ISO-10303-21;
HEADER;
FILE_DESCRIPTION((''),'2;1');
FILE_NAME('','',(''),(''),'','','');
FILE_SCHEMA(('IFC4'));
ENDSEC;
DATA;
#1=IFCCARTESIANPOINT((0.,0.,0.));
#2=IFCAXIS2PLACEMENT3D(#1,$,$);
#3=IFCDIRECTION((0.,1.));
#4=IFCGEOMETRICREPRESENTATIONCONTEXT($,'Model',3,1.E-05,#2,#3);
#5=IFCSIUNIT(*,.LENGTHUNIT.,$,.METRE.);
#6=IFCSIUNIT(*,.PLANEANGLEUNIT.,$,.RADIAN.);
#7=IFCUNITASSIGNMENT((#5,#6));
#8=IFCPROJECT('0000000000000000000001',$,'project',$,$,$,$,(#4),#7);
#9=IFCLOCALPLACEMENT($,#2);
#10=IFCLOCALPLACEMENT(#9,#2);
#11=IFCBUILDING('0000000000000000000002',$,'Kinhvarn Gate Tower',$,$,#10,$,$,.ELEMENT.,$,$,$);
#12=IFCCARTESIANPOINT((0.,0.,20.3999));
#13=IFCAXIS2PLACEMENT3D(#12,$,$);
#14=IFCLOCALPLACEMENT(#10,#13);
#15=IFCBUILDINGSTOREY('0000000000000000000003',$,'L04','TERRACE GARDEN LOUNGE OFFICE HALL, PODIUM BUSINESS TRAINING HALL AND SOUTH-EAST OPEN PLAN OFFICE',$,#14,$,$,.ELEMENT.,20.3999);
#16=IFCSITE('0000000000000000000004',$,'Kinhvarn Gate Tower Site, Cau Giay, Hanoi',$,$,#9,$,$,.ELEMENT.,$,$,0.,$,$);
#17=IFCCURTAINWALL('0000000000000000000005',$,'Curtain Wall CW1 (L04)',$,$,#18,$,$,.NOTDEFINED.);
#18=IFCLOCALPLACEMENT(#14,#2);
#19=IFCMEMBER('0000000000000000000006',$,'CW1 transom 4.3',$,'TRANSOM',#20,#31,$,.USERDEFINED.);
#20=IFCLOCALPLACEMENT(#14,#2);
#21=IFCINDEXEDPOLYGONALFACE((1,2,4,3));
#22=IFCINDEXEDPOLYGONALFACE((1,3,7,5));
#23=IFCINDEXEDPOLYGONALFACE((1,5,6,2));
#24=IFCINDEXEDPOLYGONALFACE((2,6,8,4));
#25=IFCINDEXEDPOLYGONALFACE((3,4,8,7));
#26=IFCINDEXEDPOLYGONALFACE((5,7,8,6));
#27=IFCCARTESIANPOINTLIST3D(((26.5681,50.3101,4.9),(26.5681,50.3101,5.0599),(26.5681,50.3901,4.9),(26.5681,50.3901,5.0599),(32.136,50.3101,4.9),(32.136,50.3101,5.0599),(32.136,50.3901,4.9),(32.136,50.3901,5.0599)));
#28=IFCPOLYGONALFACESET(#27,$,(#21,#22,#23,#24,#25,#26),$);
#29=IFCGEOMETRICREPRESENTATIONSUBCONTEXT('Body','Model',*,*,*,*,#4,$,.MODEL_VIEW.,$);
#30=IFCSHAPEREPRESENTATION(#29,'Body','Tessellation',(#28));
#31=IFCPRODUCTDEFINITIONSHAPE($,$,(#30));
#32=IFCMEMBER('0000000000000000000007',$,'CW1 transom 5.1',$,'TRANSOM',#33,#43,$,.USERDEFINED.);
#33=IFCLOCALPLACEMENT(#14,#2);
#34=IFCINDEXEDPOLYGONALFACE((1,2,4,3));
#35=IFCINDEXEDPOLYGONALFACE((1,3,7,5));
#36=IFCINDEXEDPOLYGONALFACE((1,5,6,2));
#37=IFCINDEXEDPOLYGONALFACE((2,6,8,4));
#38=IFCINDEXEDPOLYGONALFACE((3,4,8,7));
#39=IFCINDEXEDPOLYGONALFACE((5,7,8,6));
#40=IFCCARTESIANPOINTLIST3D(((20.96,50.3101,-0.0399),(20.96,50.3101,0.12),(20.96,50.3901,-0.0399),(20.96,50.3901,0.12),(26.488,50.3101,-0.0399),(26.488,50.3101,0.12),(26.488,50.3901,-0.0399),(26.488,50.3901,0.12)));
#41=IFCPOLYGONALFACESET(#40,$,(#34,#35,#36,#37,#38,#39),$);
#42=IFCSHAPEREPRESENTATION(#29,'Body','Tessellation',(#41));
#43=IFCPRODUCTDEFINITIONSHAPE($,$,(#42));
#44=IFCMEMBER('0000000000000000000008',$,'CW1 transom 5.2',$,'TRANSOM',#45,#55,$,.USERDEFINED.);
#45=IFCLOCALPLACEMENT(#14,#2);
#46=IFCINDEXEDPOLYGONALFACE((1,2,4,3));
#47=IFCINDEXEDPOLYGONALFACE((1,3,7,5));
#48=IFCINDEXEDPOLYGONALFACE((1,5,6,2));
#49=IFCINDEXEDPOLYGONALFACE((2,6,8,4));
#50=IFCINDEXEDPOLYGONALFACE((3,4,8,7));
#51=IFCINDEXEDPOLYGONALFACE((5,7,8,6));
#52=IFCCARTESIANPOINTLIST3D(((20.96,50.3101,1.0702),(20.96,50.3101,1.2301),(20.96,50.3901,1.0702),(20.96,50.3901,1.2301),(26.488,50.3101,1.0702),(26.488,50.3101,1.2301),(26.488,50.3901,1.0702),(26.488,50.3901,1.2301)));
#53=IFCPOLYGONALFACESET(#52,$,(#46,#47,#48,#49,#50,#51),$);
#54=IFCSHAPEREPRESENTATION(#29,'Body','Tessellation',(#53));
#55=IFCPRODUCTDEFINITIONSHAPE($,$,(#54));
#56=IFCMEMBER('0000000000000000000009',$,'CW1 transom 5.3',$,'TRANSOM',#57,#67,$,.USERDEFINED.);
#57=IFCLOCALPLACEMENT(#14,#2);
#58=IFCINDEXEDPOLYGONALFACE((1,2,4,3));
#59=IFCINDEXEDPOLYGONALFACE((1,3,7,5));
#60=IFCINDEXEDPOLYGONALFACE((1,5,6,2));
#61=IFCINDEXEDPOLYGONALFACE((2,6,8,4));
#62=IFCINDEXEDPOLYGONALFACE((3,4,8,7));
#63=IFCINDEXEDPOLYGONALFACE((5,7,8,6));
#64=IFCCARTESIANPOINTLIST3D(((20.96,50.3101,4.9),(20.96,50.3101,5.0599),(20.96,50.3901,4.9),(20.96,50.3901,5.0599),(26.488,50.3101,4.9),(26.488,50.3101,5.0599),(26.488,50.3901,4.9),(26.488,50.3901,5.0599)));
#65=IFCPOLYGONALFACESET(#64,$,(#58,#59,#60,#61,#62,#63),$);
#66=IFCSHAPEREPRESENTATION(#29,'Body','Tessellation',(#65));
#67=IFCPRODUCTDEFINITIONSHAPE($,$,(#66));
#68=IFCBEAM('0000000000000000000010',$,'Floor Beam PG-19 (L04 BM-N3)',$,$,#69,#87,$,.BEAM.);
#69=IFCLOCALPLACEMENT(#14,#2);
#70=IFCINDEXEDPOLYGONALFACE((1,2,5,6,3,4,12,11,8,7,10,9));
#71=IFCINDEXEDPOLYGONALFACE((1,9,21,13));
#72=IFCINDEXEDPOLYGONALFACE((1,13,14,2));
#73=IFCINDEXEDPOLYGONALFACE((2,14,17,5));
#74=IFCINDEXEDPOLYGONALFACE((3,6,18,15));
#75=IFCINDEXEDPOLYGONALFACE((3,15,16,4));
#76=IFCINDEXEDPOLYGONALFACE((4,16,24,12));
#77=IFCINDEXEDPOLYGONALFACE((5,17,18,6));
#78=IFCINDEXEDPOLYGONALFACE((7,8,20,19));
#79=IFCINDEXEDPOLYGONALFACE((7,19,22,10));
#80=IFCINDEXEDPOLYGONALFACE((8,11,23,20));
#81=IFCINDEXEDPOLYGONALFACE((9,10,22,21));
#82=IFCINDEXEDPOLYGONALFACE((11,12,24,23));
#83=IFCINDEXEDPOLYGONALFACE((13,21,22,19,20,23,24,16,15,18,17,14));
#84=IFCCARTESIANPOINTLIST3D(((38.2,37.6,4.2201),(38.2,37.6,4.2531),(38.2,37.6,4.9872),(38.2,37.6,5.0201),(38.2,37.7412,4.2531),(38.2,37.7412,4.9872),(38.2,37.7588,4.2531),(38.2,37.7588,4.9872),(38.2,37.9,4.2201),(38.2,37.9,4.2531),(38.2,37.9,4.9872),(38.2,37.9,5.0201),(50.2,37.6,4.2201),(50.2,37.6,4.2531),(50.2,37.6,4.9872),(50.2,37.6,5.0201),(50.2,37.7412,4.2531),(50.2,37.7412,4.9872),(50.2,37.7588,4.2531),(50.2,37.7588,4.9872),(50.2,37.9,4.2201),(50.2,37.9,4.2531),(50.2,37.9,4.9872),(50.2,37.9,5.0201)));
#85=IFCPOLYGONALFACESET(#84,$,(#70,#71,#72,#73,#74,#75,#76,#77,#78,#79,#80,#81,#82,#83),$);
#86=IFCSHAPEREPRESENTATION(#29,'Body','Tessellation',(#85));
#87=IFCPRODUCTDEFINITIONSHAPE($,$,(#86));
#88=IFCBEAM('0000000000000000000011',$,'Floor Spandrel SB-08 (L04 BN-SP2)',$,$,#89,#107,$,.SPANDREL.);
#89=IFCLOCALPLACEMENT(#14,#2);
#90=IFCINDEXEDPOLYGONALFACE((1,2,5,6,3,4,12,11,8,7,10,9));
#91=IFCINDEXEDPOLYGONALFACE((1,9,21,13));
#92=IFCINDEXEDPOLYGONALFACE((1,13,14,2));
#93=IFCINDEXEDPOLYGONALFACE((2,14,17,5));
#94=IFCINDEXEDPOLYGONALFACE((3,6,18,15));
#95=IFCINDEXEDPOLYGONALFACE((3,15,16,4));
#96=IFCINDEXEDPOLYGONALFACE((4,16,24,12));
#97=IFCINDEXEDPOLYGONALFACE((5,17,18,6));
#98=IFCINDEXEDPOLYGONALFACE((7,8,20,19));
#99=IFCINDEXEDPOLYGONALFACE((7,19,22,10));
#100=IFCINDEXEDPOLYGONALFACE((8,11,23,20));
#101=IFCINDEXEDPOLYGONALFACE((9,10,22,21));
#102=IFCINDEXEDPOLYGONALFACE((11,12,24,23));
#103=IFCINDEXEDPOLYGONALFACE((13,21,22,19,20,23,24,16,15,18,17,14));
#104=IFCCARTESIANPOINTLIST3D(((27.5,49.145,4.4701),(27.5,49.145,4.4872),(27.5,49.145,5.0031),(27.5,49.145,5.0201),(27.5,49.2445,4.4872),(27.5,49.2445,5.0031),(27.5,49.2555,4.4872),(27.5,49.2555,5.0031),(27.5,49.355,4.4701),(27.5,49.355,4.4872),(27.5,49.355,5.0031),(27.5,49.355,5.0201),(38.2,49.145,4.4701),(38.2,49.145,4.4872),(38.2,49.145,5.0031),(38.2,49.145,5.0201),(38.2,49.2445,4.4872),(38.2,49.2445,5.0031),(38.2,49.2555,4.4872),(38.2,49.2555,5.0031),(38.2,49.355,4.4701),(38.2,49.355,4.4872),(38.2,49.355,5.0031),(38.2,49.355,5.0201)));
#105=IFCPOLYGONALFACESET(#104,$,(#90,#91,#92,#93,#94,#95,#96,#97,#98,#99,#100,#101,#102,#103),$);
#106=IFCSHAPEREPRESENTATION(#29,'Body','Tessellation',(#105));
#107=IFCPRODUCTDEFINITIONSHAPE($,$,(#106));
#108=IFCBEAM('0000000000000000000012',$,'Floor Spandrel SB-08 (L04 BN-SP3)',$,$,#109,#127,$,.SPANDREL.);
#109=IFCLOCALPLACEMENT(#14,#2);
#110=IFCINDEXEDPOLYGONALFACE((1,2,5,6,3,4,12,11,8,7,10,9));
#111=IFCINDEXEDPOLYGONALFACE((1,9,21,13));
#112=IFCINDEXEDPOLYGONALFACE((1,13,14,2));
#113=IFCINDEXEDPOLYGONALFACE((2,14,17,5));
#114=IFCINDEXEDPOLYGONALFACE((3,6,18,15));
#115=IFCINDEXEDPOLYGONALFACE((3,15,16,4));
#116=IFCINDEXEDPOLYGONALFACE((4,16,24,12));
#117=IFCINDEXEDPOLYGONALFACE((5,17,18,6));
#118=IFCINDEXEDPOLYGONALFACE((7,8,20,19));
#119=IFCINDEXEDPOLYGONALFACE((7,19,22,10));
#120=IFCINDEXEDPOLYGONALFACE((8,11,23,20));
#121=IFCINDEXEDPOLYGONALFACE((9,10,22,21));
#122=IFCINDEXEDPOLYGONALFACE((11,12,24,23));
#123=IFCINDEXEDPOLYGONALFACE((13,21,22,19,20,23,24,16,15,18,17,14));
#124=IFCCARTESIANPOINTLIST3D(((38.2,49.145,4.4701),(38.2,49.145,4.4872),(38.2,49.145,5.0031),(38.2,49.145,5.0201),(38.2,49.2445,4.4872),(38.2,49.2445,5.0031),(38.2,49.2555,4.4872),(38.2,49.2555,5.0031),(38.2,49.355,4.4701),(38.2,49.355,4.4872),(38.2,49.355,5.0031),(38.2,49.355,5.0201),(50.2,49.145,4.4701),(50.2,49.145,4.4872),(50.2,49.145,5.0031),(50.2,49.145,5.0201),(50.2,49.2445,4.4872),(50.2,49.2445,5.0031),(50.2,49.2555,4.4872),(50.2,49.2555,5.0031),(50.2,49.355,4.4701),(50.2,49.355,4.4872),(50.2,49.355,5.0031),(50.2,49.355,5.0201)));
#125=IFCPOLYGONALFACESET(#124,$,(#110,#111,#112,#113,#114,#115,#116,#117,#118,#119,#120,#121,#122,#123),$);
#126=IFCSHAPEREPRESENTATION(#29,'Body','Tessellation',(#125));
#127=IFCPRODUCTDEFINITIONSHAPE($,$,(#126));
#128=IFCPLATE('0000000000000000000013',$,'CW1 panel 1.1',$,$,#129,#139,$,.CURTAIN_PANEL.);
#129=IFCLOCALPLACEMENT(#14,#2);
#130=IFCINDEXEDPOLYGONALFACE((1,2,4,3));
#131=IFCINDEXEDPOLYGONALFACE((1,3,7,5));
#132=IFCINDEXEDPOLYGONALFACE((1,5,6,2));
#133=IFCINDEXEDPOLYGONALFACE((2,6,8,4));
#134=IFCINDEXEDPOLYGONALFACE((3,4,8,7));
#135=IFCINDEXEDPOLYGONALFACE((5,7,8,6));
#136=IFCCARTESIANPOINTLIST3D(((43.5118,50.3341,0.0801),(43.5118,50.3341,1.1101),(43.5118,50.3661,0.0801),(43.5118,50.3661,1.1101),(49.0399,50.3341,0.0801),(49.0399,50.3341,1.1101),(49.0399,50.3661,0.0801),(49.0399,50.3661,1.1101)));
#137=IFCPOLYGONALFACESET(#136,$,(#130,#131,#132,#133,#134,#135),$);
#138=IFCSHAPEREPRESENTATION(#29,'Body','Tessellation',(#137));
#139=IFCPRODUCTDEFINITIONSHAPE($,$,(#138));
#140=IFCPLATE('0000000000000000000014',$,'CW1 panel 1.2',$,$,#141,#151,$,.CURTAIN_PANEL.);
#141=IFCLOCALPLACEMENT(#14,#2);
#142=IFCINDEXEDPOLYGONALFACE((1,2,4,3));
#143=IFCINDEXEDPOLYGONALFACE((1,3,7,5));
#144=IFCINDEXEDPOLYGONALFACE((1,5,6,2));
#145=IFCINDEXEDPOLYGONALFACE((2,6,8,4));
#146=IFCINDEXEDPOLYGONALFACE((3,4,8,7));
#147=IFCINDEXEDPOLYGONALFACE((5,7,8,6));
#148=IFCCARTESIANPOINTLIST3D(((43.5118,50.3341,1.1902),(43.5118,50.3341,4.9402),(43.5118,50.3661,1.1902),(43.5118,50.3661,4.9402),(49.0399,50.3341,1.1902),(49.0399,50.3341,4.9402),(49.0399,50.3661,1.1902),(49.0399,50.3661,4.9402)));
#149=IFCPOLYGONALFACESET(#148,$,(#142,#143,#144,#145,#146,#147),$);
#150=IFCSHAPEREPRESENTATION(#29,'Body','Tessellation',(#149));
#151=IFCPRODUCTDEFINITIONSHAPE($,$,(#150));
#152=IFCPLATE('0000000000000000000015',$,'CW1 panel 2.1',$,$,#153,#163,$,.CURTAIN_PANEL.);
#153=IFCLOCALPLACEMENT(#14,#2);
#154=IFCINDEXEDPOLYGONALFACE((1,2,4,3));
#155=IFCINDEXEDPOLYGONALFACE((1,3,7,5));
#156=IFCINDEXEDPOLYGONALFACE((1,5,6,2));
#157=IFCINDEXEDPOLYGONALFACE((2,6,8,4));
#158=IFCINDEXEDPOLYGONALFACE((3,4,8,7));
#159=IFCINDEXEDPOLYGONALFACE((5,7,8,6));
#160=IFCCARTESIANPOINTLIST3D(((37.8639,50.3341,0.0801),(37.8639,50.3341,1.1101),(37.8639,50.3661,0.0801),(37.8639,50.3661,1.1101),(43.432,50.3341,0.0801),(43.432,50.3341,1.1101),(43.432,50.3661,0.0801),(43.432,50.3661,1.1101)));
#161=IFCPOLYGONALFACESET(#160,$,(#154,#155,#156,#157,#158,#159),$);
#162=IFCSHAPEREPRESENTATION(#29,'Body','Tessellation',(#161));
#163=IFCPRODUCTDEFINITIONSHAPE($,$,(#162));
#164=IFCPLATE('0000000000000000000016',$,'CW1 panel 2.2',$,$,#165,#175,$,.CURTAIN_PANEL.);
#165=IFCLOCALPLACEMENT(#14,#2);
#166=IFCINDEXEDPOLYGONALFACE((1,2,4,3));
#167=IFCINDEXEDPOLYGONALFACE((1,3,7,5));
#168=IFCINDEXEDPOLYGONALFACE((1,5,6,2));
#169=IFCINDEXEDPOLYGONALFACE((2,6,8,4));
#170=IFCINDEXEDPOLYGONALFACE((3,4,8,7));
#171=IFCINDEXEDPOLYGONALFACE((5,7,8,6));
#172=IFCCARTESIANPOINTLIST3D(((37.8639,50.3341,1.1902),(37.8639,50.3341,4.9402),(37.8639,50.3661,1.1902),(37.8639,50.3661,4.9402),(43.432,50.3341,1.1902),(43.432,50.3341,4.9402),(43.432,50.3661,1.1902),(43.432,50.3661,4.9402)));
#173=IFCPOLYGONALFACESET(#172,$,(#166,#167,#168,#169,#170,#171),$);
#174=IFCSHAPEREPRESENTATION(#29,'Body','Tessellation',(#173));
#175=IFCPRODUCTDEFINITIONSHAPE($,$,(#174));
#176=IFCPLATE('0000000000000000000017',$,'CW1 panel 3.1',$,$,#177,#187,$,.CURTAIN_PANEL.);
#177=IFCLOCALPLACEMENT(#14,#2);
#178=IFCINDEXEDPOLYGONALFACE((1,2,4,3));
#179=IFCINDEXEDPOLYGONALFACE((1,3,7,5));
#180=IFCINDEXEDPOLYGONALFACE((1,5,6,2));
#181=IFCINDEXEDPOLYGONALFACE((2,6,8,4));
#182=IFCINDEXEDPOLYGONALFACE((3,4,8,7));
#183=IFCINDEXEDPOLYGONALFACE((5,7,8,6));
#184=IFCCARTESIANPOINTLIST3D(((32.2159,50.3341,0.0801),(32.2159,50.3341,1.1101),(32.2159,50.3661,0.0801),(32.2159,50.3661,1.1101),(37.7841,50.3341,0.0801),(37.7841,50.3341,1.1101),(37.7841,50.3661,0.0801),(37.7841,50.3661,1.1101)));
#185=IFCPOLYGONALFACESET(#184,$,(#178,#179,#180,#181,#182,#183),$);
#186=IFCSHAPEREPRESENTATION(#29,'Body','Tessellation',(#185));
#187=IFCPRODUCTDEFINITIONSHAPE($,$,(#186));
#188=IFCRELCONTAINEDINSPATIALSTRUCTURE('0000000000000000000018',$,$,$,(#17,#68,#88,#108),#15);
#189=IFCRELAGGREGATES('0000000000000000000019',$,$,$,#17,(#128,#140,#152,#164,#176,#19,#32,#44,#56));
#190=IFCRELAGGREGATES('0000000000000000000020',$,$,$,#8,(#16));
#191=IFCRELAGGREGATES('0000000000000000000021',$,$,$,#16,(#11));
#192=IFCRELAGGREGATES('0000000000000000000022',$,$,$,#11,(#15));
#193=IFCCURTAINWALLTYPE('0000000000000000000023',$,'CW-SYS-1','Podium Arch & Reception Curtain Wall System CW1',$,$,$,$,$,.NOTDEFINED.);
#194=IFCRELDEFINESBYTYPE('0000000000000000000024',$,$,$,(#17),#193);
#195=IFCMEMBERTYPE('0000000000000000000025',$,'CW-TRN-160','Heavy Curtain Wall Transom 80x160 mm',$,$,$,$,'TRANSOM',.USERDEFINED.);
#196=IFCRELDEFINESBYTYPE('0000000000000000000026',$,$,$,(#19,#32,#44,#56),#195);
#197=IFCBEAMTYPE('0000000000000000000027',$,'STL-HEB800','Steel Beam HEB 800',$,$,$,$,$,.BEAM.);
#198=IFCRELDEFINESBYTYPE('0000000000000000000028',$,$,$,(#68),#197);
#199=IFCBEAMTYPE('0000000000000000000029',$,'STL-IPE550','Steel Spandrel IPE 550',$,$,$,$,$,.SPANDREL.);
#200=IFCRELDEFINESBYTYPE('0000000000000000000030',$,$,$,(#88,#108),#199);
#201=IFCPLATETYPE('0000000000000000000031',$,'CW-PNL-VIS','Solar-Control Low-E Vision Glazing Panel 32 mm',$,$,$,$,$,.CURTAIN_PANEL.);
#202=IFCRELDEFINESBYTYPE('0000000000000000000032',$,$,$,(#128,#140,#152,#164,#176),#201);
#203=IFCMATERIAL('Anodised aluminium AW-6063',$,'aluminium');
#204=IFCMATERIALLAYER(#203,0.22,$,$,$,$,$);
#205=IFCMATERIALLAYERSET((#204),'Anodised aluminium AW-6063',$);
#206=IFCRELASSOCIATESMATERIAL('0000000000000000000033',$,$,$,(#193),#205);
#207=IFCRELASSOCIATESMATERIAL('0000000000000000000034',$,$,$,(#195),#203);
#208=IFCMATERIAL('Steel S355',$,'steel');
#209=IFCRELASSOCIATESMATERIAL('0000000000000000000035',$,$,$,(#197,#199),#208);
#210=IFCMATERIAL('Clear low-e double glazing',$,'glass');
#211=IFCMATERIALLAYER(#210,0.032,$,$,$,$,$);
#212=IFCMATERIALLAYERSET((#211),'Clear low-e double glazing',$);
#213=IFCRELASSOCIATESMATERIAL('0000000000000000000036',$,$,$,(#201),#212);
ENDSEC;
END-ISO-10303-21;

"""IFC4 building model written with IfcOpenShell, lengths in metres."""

from ifc_helpers import new_model, si_unit, direction, frame, origin, origin_2d, place, context, subcontext, project, spatial, rectangle, i_section, extrude, material, layer, layer_set, material_profile, profile_set, type_object, element, aggregate, save


model = new_model("IFC4")

# Units and contexts
model_context = context("Model", 3, precision=1e-05, world=origin(), true_north=direction((0.0, 1.0)))
body_context = subcontext(model_context, "Body", "Model", "MODEL_VIEW")
ifc_project = project(units=[si_unit("LENGTHUNIT", "METRE"), si_unit("PLANEANGLEUNIT", "RADIAN")], contexts=[model_context])

# Site, building, storey
site_placement = place(None, origin())
site = spatial("IfcSite", under=ifc_project, at=site_placement, Name="Kinhvarn Gate Tower Site, Cau Giay, Hanoi", CompositionType="ELEMENT", RefElevation=0.0)
building_placement = place(site_placement, origin())
building = spatial("IfcBuilding", under=site, at=building_placement, Name="Kinhvarn Gate Tower", CompositionType="ELEMENT")
storey_placement = place(building_placement, frame((0.0, 0.0, 20.3999)))
storey = spatial("IfcBuildingStorey", under=building, at=storey_placement, Name="L04", Description="TERRACE GARDEN LOUNGE OFFICE HALL, PODIUM BUSINESS TRAINING HALL AND SOUTH-EAST OPEN PLAN OFFICE", CompositionType="ELEMENT", Elevation=20.3999)

# Curtain wall, members
ifc_material_1 = material(Name="Anodised aluminium AW-6063", Category="aluminium")
ifc_layer_1 = layer(ifc_material_1, 0.22)
ifc_layer_set_1 = layer_set([ifc_layer_1], Name="Anodised aluminium AW-6063")
curtain_wall_type = type_object("IfcCurtainWallType", Name="CW-SYS-1", Description="Podium Arch & Reception Curtain Wall System CW1", PredefinedType="NOTDEFINED", material=ifc_layer_set_1)
curtain_wall_placement = place(storey_placement, origin())
curtain_wall = element("IfcCurtainWall", 1, at=curtain_wall_placement, inside=storey, type_object=curtain_wall_type, Name="Curtain Wall CW1 (L04)", PredefinedType="NOTDEFINED")
ifc_material_profile_1 = material_profile(ifc_material_1, rectangle(XDim=0.0801, YDim=0.1599, at=origin_2d()), Name="ALU 80x160")
ifc_profile_set_1 = profile_set([ifc_material_profile_1], Name="Anodised aluminium AW-6063")
member_type_1 = type_object("IfcMemberType", Name="CW-TRN-160", Description="Heavy Curtain Wall Transom 80x160 mm", ElementType="TRANSOM", PredefinedType="USERDEFINED", material=ifc_profile_set_1)
member_1_placement = place(storey_placement, frame((32.136, 50.3501, 4.98), z_axis=(-1.0, 0.0, 0.0), x_axis=(0.0, -1.0, 0.0)))
member_1 = element("IfcMember", 2, at=member_1_placement, type_object=member_type_1, Name="CW1 transom 4.3", ObjectType="TRANSOM", PredefinedType="USERDEFINED", context=body_context, shape_type="SweptSolid", body=[
    extrude(rectangle(XDim=0.0801, YDim=0.1599, at=origin_2d()), origin(), (0.0, 0.0, 1.0), 5.5679),
])
member_2_placement = place(storey_placement, frame((26.488, 50.3501, 0.04), z_axis=(-1.0, 0.0, 0.0), x_axis=(0.0, -1.0, 0.0)))
member_2 = element("IfcMember", 3, at=member_2_placement, type_object=member_type_1, Name="CW1 transom 5.1", ObjectType="TRANSOM", PredefinedType="USERDEFINED", context=body_context, shape_type="SweptSolid", body=[
    extrude(rectangle(XDim=0.0801, YDim=0.1599, at=origin_2d()), origin(), (0.0, 0.0, 1.0), 5.5281),
])
member_3_placement = place(storey_placement, frame((26.488, 50.3501, 1.1501), z_axis=(-1.0, 0.0, 0.0), x_axis=(0.0, -1.0, 0.0)))
member_3 = element("IfcMember", 4, at=member_3_placement, type_object=member_type_1, Name="CW1 transom 5.2", ObjectType="TRANSOM", PredefinedType="USERDEFINED", context=body_context, shape_type="SweptSolid", body=[
    extrude(rectangle(XDim=0.0801, YDim=0.1599, at=origin_2d()), origin(), (0.0, 0.0, 1.0), 5.5281),
])
member_4_placement = place(storey_placement, frame((26.488, 50.3501, 4.98), z_axis=(-1.0, 0.0, 0.0), x_axis=(0.0, -1.0, 0.0)))
member_4 = element("IfcMember", 5, at=member_4_placement, type_object=member_type_1, Name="CW1 transom 5.3", ObjectType="TRANSOM", PredefinedType="USERDEFINED", context=body_context, shape_type="SweptSolid", body=[
    extrude(rectangle(XDim=0.0801, YDim=0.1599, at=origin_2d()), origin(), (0.0, 0.0, 1.0), 5.5281),
])

# Beams
ifc_material_2 = material(Name="Steel S355", Category="steel")
ifc_material_profile_2 = material_profile(ifc_material_2, i_section(OverallWidth=0.3, OverallDepth=0.8, WebThickness=0.0176, FlangeThickness=0.033, at=origin_2d()), Name="HEB 800")
ifc_profile_set_2 = profile_set([ifc_material_profile_2], Name="Steel S355")
beam_type_1 = type_object("IfcBeamType", Name="STL-HEB800", Description="Steel Beam HEB 800", PredefinedType="BEAM", material=ifc_profile_set_2)
beam_1_placement = place(storey_placement, frame((38.2, 37.75, 4.6201), z_axis=(1.0, 0.0, 0.0), x_axis=(0.0, 1.0, 0.0)))
element("IfcBeam", 6, at=beam_1_placement, inside=storey, type_object=beam_type_1, Name="Floor Beam PG-19 (L04 BM-N3)", PredefinedType="BEAM", context=body_context, shape_type="SweptSolid", body=[
    extrude(i_section(OverallWidth=0.3, OverallDepth=0.8, WebThickness=0.0176, FlangeThickness=0.033, at=origin_2d()), origin(), (0.0, 0.0, 1.0), 12.0),
])
ifc_material_profile_3 = material_profile(ifc_material_2, i_section(OverallWidth=0.21, OverallDepth=0.55, WebThickness=0.011, FlangeThickness=0.0171, at=origin_2d()), Name="IPE 550")
ifc_profile_set_3 = profile_set([ifc_material_profile_3], Name="Steel S355")
beam_type_2 = type_object("IfcBeamType", Name="STL-IPE550", Description="Steel Spandrel IPE 550", PredefinedType="SPANDREL", material=ifc_profile_set_3)
beam_2_placement = place(storey_placement, frame((27.5, 49.25, 4.7451), z_axis=(1.0, 0.0, 0.0), x_axis=(0.0, 1.0, 0.0)))
element("IfcBeam", 7, at=beam_2_placement, inside=storey, type_object=beam_type_2, Name="Floor Spandrel SB-08 (L04 BN-SP2)", PredefinedType="SPANDREL", context=body_context, shape_type="SweptSolid", body=[
    extrude(i_section(OverallWidth=0.21, OverallDepth=0.55, WebThickness=0.011, FlangeThickness=0.0171, at=origin_2d()), origin(), (0.0, 0.0, 1.0), 10.7),
])
beam_3_placement = place(storey_placement, frame((38.2, 49.25, 4.7451), z_axis=(1.0, 0.0, 0.0), x_axis=(0.0, 1.0, 0.0)))
element("IfcBeam", 8, at=beam_3_placement, inside=storey, type_object=beam_type_2, Name="Floor Spandrel SB-08 (L04 BN-SP3)", PredefinedType="SPANDREL", context=body_context, shape_type="SweptSolid", body=[
    extrude(i_section(OverallWidth=0.21, OverallDepth=0.55, WebThickness=0.011, FlangeThickness=0.0171, at=origin_2d()), origin(), (0.0, 0.0, 1.0), 12.0),
])

# Plates
ifc_material_3 = material(Name="Clear low-e double glazing", Category="glass")
ifc_layer_2 = layer(ifc_material_3, 0.032)
ifc_layer_set_2 = layer_set([ifc_layer_2], Name="Clear low-e double glazing")
plate_type = type_object("IfcPlateType", Name="CW-PNL-VIS", Description="Solar-Control Low-E Vision Glazing Panel 32 mm", PredefinedType="CURTAIN_PANEL", material=ifc_layer_set_2)
plate_1_placement = place(storey_placement, frame((46.2759, 50.3501, 0.0801), z_axis=(0.0, 0.0, 1.0), x_axis=(-1.0, 0.0, 0.0)))
plate_1 = element("IfcPlate", 9, at=plate_1_placement, type_object=plate_type, Name="CW1 panel 1.1", PredefinedType="CURTAIN_PANEL", context=body_context, shape_type="SweptSolid", body=[
    extrude(rectangle(XDim=5.5281, YDim=0.032, at=origin_2d()), origin(), (0.0, 0.0, 1.0), 1.03),
])
plate_2_placement = place(storey_placement, frame((46.2759, 50.3501, 1.1902), z_axis=(0.0, 0.0, 1.0), x_axis=(-1.0, 0.0, 0.0)))
plate_2 = element("IfcPlate", 10, at=plate_2_placement, type_object=plate_type, Name="CW1 panel 1.2", PredefinedType="CURTAIN_PANEL", context=body_context, shape_type="SweptSolid", body=[
    extrude(rectangle(XDim=5.5281, YDim=0.032, at=origin_2d()), origin(), (0.0, 0.0, 1.0), 3.75),
])
plate_3_placement = place(storey_placement, frame((40.6479, 50.3501, 0.0801), z_axis=(0.0, 0.0, 1.0), x_axis=(-1.0, 0.0, 0.0)))
plate_3 = element("IfcPlate", 11, at=plate_3_placement, type_object=plate_type, Name="CW1 panel 2.1", PredefinedType="CURTAIN_PANEL", context=body_context, shape_type="SweptSolid", body=[
    extrude(rectangle(XDim=5.5681, YDim=0.032, at=origin_2d()), origin(), (0.0, 0.0, 1.0), 1.03),
])
plate_4_placement = place(storey_placement, frame((40.6479, 50.3501, 1.1902), z_axis=(0.0, 0.0, 1.0), x_axis=(-1.0, 0.0, 0.0)))
plate_4 = element("IfcPlate", 12, at=plate_4_placement, type_object=plate_type, Name="CW1 panel 2.2", PredefinedType="CURTAIN_PANEL", context=body_context, shape_type="SweptSolid", body=[
    extrude(rectangle(XDim=5.5681, YDim=0.032, at=origin_2d()), origin(), (0.0, 0.0, 1.0), 3.75),
])
plate_5_placement = place(storey_placement, frame((35.0, 50.3501, 0.0801), z_axis=(0.0, 0.0, 1.0), x_axis=(-1.0, 0.0, 0.0)))
plate_5 = element("IfcPlate", 13, at=plate_5_placement, type_object=plate_type, Name="CW1 panel 3.1", PredefinedType="CURTAIN_PANEL", context=body_context, shape_type="SweptSolid", body=[
    extrude(rectangle(XDim=5.5681, YDim=0.032, at=origin_2d()), origin(), (0.0, 0.0, 1.0), 1.03),
])
aggregate(curtain_wall, [plate_1, plate_2, plate_3, plate_4, plate_5, member_1, member_2, member_3, member_4])

save(model, "model.ifc")
